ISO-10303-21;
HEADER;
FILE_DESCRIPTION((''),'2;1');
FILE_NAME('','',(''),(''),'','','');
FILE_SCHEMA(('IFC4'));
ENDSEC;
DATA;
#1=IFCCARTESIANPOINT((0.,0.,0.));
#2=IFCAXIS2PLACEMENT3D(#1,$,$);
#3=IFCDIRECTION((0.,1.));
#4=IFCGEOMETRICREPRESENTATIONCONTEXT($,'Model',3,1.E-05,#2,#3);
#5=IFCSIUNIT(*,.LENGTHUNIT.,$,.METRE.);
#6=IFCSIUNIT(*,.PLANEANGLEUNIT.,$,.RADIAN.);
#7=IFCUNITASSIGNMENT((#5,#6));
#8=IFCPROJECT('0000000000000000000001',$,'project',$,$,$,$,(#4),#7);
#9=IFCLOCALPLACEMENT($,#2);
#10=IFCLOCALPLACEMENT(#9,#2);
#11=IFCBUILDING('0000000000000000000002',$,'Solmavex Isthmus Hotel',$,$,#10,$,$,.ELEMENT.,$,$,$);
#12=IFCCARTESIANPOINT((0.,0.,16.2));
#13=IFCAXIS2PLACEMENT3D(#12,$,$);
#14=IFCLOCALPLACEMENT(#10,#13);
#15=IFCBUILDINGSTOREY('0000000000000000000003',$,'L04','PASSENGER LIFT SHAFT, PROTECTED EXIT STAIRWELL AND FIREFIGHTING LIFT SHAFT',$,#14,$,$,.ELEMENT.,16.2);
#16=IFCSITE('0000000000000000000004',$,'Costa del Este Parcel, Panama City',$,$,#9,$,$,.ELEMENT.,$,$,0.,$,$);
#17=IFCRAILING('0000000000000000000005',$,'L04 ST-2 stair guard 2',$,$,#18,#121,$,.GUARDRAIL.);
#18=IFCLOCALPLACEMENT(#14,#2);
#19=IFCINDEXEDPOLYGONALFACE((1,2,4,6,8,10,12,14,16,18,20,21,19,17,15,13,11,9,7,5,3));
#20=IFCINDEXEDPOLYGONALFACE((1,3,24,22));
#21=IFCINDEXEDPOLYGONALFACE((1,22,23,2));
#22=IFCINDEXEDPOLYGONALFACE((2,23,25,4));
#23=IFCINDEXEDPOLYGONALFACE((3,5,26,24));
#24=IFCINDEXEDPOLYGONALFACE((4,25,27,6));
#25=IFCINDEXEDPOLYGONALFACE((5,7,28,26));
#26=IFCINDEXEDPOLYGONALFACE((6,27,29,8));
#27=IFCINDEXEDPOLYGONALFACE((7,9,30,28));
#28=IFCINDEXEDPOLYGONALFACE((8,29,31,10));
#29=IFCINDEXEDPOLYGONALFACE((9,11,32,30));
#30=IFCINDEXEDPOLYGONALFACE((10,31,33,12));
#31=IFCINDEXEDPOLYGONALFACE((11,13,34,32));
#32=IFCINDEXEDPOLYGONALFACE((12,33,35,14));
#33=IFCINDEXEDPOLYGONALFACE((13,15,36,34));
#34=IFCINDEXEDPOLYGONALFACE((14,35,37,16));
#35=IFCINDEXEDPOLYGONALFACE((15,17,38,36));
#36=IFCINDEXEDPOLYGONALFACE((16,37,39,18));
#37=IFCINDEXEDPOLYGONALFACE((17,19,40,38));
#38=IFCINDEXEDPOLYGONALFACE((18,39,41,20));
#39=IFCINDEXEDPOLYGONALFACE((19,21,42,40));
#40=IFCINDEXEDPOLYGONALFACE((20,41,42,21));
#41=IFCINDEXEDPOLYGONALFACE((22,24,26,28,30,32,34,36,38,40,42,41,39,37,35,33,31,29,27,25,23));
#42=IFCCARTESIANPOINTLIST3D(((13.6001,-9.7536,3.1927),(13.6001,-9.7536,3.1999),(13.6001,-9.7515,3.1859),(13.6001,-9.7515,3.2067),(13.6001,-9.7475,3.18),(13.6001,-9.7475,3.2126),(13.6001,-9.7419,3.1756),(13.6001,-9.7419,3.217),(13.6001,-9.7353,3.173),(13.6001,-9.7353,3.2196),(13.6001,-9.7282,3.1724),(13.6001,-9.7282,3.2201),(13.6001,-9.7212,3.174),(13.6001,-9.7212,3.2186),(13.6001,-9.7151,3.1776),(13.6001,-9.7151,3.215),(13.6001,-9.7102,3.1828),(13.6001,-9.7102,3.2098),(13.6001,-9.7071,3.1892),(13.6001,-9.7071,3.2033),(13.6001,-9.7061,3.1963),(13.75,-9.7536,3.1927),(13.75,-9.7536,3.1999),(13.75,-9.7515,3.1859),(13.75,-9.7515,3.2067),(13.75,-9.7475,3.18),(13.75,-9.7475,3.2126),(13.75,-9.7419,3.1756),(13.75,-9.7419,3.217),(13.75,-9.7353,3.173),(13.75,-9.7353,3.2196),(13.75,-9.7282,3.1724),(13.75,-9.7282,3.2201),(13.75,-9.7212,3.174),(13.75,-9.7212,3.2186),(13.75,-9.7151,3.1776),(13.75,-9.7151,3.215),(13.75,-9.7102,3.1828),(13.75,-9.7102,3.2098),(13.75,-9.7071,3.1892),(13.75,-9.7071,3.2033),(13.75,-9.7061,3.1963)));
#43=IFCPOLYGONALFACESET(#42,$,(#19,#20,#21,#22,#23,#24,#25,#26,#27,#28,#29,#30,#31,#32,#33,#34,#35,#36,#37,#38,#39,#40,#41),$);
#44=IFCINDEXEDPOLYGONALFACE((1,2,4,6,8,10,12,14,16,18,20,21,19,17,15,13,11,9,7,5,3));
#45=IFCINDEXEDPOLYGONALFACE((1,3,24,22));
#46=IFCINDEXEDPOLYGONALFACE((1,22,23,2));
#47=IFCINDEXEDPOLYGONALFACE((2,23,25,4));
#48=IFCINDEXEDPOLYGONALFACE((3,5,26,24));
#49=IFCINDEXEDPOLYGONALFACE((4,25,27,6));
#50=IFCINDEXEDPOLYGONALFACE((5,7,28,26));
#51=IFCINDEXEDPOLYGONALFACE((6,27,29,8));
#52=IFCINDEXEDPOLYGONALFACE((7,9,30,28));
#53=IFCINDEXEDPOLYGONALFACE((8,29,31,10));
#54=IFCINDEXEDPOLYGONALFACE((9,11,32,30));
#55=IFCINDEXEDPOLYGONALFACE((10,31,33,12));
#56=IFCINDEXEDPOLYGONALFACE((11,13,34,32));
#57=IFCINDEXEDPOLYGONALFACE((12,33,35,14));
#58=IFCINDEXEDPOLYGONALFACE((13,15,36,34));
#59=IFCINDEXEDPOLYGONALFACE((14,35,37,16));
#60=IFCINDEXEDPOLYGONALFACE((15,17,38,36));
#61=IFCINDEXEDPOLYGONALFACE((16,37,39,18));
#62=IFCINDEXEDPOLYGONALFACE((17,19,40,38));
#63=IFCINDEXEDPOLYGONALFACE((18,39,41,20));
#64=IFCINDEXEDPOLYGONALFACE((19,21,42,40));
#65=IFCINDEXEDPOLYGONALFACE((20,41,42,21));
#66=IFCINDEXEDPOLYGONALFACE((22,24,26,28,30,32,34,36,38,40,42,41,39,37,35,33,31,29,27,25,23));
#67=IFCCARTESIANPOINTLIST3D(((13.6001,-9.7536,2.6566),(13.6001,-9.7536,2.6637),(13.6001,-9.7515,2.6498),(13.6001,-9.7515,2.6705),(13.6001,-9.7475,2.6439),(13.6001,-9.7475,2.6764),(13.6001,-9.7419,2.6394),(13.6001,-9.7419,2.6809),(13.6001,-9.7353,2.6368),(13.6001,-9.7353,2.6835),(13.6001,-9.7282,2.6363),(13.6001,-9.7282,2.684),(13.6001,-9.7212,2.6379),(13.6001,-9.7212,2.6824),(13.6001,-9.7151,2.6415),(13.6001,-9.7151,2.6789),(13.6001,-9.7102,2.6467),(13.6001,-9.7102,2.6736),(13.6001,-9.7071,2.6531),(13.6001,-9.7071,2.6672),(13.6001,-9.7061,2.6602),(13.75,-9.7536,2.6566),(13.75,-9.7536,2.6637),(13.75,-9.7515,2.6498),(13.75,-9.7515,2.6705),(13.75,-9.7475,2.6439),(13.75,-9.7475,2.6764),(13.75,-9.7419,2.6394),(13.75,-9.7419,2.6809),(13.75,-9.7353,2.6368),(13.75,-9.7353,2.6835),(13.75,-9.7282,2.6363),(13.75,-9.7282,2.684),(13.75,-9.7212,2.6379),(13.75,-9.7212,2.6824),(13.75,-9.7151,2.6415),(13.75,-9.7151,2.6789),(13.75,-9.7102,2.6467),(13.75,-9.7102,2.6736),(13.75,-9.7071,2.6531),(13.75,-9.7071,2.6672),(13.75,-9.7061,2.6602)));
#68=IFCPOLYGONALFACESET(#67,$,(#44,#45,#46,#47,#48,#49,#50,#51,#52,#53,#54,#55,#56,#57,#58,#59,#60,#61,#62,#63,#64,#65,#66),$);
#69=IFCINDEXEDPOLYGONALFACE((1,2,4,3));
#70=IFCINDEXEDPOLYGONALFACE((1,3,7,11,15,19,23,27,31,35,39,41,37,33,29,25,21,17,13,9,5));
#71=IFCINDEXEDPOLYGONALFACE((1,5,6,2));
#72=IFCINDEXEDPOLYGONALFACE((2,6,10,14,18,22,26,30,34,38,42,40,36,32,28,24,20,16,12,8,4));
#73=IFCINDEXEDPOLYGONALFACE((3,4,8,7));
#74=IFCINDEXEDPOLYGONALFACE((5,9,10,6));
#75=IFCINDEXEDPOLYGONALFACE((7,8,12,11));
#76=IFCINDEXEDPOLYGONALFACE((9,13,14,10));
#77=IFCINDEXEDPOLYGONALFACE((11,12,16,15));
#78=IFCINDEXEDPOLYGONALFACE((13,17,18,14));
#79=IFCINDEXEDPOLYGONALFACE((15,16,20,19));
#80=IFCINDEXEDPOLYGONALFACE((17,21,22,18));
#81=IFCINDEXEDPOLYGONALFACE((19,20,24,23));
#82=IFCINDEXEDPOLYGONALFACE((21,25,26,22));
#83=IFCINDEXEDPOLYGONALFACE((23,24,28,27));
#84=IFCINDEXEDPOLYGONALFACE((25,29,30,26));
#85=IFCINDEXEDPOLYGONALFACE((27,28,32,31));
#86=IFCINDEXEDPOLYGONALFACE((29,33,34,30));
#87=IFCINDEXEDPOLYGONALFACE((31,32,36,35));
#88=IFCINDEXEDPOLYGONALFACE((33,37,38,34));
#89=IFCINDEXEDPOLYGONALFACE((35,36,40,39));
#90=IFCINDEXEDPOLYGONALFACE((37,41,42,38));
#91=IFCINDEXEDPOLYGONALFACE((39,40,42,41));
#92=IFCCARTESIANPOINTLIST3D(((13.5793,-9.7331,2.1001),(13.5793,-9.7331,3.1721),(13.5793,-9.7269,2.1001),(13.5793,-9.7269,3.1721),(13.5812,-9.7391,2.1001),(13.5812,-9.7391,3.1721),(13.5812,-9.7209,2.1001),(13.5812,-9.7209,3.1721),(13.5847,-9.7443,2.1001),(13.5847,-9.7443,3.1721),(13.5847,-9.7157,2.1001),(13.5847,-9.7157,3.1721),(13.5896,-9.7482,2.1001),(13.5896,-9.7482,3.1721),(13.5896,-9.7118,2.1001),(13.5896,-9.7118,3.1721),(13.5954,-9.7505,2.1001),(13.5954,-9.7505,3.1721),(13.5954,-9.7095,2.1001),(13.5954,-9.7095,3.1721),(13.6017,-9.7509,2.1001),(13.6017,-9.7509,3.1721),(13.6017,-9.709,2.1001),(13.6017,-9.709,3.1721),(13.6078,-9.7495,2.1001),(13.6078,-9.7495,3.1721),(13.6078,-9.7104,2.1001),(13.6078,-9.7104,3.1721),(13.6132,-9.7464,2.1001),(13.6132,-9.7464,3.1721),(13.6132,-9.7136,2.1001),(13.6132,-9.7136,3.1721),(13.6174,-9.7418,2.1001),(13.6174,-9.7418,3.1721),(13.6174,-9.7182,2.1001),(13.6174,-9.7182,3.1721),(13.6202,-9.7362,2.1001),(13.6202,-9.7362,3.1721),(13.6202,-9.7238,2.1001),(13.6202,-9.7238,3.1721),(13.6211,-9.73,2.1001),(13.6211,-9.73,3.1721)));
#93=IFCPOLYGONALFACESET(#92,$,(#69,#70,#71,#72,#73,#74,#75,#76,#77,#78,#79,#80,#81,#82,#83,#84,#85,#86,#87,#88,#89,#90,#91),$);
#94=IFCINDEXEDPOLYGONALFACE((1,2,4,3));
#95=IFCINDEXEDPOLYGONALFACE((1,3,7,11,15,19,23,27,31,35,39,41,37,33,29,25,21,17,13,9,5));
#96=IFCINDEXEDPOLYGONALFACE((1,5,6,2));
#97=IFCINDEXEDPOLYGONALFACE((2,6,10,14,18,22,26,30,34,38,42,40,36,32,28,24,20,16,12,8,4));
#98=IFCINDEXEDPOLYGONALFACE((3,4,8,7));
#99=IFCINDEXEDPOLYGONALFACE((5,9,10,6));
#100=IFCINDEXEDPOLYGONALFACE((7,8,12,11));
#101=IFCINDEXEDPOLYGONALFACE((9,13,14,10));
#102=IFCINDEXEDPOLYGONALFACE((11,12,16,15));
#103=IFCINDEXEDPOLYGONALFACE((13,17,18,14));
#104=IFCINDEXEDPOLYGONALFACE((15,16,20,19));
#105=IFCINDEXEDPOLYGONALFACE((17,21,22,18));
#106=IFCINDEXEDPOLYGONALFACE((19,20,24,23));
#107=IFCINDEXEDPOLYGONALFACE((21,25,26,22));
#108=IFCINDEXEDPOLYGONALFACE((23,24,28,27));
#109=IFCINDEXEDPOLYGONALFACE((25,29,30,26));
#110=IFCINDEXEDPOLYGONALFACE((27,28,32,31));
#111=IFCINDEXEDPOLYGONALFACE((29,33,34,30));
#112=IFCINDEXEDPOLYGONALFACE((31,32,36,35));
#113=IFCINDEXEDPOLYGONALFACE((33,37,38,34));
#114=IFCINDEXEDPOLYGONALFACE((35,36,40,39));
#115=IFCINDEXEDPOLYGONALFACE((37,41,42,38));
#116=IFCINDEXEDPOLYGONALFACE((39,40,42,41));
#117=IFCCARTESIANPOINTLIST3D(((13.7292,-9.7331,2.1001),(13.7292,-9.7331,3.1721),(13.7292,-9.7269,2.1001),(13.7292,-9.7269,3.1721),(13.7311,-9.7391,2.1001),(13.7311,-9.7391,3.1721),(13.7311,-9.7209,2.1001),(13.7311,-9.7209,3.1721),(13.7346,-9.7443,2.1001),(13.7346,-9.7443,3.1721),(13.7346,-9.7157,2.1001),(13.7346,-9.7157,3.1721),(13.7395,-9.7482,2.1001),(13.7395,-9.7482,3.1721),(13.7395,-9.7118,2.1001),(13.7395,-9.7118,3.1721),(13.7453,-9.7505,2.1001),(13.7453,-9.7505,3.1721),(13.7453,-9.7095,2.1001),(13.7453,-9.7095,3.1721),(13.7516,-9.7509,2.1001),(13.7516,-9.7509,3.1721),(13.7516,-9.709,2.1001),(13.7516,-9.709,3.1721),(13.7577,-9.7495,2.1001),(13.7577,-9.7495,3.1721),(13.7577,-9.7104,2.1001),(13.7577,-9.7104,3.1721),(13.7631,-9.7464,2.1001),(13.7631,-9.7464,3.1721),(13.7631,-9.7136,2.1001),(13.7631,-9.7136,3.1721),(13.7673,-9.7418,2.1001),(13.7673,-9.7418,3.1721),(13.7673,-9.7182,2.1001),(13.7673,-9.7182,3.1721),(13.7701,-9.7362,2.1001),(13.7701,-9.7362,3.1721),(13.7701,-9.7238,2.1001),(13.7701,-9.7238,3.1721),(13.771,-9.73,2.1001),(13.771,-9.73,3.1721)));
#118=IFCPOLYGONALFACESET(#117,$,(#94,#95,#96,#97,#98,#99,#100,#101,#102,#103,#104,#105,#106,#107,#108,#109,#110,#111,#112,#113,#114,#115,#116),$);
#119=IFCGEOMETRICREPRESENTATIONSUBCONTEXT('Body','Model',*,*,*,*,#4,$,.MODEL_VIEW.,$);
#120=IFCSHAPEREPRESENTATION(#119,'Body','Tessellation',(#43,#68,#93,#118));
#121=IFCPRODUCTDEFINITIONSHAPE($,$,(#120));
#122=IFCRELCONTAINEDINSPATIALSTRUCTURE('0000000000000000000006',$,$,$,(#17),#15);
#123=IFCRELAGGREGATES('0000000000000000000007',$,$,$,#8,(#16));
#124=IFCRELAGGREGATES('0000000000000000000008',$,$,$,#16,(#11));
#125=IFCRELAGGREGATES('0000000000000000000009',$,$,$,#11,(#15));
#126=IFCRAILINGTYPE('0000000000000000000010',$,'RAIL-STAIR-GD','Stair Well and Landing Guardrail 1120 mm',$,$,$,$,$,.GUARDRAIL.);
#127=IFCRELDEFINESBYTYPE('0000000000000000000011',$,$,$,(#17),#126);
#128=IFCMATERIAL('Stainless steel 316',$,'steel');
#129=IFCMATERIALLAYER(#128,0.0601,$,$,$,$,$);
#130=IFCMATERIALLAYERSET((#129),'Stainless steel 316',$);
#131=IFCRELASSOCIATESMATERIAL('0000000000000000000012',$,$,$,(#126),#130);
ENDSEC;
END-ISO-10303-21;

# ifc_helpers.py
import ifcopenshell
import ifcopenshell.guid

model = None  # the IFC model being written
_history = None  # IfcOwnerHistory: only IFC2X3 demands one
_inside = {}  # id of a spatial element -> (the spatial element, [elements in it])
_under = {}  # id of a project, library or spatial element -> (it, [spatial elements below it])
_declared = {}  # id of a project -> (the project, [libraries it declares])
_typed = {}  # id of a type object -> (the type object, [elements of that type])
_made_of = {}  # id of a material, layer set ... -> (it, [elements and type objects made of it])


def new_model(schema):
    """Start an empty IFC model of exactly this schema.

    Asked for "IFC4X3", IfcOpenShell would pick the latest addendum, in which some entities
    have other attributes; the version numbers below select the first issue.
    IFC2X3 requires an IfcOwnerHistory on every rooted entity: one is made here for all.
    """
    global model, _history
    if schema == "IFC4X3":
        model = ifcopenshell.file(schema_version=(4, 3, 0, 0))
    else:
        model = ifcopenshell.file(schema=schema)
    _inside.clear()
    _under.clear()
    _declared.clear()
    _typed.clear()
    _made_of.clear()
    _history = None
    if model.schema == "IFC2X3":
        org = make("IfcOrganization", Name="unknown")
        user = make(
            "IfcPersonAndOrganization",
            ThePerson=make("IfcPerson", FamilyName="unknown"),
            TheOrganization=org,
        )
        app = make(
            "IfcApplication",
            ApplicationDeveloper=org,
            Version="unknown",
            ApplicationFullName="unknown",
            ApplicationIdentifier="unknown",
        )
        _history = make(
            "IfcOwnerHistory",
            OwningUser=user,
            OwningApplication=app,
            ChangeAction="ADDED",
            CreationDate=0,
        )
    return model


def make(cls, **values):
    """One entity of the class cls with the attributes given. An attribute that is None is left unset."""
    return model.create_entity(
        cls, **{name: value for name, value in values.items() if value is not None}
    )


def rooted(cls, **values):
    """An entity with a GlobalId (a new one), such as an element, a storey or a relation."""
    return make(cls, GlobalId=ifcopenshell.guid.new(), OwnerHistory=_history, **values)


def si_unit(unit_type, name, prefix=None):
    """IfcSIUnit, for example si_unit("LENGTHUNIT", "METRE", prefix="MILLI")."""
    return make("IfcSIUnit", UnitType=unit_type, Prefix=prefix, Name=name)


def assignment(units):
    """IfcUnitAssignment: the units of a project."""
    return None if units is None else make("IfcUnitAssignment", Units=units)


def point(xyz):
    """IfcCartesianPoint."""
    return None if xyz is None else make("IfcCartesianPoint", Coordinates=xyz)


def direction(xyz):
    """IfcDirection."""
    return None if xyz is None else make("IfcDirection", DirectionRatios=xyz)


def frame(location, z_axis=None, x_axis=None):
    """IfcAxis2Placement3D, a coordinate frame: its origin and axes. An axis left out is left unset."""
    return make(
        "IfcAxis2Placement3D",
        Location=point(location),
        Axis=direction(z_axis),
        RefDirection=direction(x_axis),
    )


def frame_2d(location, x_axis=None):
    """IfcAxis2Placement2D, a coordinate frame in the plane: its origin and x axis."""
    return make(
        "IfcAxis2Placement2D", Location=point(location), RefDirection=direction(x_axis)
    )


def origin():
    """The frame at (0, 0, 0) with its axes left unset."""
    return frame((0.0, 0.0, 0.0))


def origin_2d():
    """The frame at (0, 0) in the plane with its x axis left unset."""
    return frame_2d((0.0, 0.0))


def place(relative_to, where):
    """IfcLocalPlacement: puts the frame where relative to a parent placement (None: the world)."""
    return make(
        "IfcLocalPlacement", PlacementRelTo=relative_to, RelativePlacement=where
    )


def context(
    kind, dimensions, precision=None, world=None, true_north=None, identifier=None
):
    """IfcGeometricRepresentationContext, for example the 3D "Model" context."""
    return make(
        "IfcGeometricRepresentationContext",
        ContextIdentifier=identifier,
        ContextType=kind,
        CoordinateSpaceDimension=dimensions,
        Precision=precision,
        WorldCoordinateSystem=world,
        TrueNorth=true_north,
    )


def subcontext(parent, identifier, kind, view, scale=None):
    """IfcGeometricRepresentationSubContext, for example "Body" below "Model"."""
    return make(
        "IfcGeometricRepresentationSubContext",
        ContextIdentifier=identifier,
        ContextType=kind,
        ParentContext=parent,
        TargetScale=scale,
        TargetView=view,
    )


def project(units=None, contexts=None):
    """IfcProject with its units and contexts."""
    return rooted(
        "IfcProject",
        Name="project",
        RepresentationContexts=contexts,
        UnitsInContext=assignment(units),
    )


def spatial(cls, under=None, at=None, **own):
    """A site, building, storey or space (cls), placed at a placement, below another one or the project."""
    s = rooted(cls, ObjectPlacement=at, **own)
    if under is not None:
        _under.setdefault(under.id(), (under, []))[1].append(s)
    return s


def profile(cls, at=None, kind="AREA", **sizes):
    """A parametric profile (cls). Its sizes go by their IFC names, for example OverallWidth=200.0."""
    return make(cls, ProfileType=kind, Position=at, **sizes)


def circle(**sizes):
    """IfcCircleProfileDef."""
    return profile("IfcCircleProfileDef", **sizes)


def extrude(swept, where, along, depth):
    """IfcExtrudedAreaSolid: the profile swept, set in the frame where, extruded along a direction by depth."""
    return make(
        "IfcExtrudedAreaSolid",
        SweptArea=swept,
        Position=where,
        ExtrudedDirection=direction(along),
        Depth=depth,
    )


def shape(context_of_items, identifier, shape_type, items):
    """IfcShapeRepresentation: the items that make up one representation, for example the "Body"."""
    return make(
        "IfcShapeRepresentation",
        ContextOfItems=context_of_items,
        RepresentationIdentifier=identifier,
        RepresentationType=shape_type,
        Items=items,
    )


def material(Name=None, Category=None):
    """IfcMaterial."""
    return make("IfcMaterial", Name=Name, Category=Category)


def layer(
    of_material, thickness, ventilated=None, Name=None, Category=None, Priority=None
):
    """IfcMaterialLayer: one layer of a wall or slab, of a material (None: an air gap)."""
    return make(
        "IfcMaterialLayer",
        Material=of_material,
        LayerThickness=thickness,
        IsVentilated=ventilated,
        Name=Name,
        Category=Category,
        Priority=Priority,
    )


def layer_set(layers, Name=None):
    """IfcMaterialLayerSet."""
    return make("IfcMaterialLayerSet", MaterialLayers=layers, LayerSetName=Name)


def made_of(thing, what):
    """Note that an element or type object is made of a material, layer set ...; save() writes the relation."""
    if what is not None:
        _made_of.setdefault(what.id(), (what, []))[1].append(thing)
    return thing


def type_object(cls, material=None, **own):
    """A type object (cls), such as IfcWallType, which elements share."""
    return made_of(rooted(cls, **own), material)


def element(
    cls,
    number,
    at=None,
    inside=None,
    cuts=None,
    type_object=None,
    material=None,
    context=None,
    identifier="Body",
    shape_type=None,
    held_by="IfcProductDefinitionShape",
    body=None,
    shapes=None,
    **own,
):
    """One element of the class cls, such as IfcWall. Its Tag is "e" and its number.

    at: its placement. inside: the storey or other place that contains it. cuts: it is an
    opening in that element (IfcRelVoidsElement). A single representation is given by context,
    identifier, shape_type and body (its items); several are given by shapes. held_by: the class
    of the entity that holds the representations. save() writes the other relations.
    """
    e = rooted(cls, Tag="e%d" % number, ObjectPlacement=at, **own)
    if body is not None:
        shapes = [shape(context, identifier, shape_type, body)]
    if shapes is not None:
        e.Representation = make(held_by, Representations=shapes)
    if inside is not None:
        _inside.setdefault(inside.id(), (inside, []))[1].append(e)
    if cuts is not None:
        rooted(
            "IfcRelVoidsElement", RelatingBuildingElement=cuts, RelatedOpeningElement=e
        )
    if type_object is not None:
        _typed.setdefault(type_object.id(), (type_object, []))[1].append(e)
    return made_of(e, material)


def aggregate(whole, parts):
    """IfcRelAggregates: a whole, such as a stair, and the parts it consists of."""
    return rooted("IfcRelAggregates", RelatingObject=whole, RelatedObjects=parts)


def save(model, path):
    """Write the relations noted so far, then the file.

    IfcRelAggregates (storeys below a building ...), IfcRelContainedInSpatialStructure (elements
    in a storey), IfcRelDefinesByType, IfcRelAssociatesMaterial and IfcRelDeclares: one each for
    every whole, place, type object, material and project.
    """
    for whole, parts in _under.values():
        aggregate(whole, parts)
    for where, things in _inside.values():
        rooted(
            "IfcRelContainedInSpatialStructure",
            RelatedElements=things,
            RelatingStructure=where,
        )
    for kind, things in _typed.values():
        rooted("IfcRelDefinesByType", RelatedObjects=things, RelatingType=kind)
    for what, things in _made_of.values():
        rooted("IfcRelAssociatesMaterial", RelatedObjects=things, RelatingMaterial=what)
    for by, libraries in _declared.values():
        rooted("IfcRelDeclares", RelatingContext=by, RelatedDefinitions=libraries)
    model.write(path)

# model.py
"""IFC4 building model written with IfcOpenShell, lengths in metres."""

from ifc_helpers import new_model, si_unit, direction, frame, origin, origin_2d, place, context, subcontext, project, spatial, circle, extrude, material, layer, layer_set, type_object, element, save


model = new_model("IFC4")

# Units and contexts
model_context = context("Model", 3, precision=1e-05, world=origin(), true_north=direction((0.0, 1.0)))
body_context = subcontext(model_context, "Body", "Model", "MODEL_VIEW")
ifc_project = project(units=[si_unit("LENGTHUNIT", "METRE"), si_unit("PLANEANGLEUNIT", "RADIAN")], contexts=[model_context])

# Site, building, storey
site_placement = place(None, origin())
site = spatial("IfcSite", under=ifc_project, at=site_placement, Name="Costa del Este Parcel, Panama City", CompositionType="ELEMENT", RefElevation=0.0)
building_placement = place(site_placement, origin())
building = spatial("IfcBuilding", under=site, at=building_placement, Name="Solmavex Isthmus Hotel", CompositionType="ELEMENT")
storey_placement = place(building_placement, frame((0.0, 0.0, 16.2)))
storey = spatial("IfcBuildingStorey", under=building, at=storey_placement, Name="L04", Description="PASSENGER LIFT SHAFT, PROTECTED EXIT STAIRWELL AND FIREFIGHTING LIFT SHAFT", CompositionType="ELEMENT", Elevation=16.2)

# Railing
ifc_material_1 = material(Name="Stainless steel 316", Category="steel")
ifc_layer_1 = layer(ifc_material_1, 0.0601)
ifc_layer_set_1 = layer_set([ifc_layer_1], Name="Stainless steel 316")
railing_type_1 = type_object("IfcRailingType", Name="RAIL-STAIR-GD", Description="Stair Well and Landing Guardrail 1120 mm", PredefinedType="GUARDRAIL", material=ifc_layer_set_1)
railing_1_placement = place(storey_placement, frame((13.6001, -9.73, 2.1001)))
element("IfcRailing", 1, at=railing_1_placement, inside=storey, type_object=railing_type_1, Name="L04 ST-2 stair guard 2", PredefinedType="GUARDRAIL", context=body_context, shape_type="SweptSolid", body=[
    extrude(circle(Radius=0.0239, at=origin_2d()), frame((0.0, 0.0, 1.0962), z_axis=(1.0, 0.0, 0.0), x_axis=(0.0, 1.0, 0.0)), (0.0, 0.0, 1.0), 0.1499),
    extrude(circle(Radius=0.0239, at=origin_2d()), frame((0.0, 0.0, 0.5601), z_axis=(1.0, 0.0, 0.0), x_axis=(0.0, 1.0, 0.0)), (0.0, 0.0, 1.0), 0.1499),
    extrude(circle(Radius=0.021, at=origin_2d()), origin(), (0.0, 0.0, 1.0), 1.072),
    extrude(circle(Radius=0.021, at=origin_2d()), frame((0.1499, 0.0, 0.0)), (0.0, 0.0, 1.0), 1.072),
])

save(model, "model.ifc")
